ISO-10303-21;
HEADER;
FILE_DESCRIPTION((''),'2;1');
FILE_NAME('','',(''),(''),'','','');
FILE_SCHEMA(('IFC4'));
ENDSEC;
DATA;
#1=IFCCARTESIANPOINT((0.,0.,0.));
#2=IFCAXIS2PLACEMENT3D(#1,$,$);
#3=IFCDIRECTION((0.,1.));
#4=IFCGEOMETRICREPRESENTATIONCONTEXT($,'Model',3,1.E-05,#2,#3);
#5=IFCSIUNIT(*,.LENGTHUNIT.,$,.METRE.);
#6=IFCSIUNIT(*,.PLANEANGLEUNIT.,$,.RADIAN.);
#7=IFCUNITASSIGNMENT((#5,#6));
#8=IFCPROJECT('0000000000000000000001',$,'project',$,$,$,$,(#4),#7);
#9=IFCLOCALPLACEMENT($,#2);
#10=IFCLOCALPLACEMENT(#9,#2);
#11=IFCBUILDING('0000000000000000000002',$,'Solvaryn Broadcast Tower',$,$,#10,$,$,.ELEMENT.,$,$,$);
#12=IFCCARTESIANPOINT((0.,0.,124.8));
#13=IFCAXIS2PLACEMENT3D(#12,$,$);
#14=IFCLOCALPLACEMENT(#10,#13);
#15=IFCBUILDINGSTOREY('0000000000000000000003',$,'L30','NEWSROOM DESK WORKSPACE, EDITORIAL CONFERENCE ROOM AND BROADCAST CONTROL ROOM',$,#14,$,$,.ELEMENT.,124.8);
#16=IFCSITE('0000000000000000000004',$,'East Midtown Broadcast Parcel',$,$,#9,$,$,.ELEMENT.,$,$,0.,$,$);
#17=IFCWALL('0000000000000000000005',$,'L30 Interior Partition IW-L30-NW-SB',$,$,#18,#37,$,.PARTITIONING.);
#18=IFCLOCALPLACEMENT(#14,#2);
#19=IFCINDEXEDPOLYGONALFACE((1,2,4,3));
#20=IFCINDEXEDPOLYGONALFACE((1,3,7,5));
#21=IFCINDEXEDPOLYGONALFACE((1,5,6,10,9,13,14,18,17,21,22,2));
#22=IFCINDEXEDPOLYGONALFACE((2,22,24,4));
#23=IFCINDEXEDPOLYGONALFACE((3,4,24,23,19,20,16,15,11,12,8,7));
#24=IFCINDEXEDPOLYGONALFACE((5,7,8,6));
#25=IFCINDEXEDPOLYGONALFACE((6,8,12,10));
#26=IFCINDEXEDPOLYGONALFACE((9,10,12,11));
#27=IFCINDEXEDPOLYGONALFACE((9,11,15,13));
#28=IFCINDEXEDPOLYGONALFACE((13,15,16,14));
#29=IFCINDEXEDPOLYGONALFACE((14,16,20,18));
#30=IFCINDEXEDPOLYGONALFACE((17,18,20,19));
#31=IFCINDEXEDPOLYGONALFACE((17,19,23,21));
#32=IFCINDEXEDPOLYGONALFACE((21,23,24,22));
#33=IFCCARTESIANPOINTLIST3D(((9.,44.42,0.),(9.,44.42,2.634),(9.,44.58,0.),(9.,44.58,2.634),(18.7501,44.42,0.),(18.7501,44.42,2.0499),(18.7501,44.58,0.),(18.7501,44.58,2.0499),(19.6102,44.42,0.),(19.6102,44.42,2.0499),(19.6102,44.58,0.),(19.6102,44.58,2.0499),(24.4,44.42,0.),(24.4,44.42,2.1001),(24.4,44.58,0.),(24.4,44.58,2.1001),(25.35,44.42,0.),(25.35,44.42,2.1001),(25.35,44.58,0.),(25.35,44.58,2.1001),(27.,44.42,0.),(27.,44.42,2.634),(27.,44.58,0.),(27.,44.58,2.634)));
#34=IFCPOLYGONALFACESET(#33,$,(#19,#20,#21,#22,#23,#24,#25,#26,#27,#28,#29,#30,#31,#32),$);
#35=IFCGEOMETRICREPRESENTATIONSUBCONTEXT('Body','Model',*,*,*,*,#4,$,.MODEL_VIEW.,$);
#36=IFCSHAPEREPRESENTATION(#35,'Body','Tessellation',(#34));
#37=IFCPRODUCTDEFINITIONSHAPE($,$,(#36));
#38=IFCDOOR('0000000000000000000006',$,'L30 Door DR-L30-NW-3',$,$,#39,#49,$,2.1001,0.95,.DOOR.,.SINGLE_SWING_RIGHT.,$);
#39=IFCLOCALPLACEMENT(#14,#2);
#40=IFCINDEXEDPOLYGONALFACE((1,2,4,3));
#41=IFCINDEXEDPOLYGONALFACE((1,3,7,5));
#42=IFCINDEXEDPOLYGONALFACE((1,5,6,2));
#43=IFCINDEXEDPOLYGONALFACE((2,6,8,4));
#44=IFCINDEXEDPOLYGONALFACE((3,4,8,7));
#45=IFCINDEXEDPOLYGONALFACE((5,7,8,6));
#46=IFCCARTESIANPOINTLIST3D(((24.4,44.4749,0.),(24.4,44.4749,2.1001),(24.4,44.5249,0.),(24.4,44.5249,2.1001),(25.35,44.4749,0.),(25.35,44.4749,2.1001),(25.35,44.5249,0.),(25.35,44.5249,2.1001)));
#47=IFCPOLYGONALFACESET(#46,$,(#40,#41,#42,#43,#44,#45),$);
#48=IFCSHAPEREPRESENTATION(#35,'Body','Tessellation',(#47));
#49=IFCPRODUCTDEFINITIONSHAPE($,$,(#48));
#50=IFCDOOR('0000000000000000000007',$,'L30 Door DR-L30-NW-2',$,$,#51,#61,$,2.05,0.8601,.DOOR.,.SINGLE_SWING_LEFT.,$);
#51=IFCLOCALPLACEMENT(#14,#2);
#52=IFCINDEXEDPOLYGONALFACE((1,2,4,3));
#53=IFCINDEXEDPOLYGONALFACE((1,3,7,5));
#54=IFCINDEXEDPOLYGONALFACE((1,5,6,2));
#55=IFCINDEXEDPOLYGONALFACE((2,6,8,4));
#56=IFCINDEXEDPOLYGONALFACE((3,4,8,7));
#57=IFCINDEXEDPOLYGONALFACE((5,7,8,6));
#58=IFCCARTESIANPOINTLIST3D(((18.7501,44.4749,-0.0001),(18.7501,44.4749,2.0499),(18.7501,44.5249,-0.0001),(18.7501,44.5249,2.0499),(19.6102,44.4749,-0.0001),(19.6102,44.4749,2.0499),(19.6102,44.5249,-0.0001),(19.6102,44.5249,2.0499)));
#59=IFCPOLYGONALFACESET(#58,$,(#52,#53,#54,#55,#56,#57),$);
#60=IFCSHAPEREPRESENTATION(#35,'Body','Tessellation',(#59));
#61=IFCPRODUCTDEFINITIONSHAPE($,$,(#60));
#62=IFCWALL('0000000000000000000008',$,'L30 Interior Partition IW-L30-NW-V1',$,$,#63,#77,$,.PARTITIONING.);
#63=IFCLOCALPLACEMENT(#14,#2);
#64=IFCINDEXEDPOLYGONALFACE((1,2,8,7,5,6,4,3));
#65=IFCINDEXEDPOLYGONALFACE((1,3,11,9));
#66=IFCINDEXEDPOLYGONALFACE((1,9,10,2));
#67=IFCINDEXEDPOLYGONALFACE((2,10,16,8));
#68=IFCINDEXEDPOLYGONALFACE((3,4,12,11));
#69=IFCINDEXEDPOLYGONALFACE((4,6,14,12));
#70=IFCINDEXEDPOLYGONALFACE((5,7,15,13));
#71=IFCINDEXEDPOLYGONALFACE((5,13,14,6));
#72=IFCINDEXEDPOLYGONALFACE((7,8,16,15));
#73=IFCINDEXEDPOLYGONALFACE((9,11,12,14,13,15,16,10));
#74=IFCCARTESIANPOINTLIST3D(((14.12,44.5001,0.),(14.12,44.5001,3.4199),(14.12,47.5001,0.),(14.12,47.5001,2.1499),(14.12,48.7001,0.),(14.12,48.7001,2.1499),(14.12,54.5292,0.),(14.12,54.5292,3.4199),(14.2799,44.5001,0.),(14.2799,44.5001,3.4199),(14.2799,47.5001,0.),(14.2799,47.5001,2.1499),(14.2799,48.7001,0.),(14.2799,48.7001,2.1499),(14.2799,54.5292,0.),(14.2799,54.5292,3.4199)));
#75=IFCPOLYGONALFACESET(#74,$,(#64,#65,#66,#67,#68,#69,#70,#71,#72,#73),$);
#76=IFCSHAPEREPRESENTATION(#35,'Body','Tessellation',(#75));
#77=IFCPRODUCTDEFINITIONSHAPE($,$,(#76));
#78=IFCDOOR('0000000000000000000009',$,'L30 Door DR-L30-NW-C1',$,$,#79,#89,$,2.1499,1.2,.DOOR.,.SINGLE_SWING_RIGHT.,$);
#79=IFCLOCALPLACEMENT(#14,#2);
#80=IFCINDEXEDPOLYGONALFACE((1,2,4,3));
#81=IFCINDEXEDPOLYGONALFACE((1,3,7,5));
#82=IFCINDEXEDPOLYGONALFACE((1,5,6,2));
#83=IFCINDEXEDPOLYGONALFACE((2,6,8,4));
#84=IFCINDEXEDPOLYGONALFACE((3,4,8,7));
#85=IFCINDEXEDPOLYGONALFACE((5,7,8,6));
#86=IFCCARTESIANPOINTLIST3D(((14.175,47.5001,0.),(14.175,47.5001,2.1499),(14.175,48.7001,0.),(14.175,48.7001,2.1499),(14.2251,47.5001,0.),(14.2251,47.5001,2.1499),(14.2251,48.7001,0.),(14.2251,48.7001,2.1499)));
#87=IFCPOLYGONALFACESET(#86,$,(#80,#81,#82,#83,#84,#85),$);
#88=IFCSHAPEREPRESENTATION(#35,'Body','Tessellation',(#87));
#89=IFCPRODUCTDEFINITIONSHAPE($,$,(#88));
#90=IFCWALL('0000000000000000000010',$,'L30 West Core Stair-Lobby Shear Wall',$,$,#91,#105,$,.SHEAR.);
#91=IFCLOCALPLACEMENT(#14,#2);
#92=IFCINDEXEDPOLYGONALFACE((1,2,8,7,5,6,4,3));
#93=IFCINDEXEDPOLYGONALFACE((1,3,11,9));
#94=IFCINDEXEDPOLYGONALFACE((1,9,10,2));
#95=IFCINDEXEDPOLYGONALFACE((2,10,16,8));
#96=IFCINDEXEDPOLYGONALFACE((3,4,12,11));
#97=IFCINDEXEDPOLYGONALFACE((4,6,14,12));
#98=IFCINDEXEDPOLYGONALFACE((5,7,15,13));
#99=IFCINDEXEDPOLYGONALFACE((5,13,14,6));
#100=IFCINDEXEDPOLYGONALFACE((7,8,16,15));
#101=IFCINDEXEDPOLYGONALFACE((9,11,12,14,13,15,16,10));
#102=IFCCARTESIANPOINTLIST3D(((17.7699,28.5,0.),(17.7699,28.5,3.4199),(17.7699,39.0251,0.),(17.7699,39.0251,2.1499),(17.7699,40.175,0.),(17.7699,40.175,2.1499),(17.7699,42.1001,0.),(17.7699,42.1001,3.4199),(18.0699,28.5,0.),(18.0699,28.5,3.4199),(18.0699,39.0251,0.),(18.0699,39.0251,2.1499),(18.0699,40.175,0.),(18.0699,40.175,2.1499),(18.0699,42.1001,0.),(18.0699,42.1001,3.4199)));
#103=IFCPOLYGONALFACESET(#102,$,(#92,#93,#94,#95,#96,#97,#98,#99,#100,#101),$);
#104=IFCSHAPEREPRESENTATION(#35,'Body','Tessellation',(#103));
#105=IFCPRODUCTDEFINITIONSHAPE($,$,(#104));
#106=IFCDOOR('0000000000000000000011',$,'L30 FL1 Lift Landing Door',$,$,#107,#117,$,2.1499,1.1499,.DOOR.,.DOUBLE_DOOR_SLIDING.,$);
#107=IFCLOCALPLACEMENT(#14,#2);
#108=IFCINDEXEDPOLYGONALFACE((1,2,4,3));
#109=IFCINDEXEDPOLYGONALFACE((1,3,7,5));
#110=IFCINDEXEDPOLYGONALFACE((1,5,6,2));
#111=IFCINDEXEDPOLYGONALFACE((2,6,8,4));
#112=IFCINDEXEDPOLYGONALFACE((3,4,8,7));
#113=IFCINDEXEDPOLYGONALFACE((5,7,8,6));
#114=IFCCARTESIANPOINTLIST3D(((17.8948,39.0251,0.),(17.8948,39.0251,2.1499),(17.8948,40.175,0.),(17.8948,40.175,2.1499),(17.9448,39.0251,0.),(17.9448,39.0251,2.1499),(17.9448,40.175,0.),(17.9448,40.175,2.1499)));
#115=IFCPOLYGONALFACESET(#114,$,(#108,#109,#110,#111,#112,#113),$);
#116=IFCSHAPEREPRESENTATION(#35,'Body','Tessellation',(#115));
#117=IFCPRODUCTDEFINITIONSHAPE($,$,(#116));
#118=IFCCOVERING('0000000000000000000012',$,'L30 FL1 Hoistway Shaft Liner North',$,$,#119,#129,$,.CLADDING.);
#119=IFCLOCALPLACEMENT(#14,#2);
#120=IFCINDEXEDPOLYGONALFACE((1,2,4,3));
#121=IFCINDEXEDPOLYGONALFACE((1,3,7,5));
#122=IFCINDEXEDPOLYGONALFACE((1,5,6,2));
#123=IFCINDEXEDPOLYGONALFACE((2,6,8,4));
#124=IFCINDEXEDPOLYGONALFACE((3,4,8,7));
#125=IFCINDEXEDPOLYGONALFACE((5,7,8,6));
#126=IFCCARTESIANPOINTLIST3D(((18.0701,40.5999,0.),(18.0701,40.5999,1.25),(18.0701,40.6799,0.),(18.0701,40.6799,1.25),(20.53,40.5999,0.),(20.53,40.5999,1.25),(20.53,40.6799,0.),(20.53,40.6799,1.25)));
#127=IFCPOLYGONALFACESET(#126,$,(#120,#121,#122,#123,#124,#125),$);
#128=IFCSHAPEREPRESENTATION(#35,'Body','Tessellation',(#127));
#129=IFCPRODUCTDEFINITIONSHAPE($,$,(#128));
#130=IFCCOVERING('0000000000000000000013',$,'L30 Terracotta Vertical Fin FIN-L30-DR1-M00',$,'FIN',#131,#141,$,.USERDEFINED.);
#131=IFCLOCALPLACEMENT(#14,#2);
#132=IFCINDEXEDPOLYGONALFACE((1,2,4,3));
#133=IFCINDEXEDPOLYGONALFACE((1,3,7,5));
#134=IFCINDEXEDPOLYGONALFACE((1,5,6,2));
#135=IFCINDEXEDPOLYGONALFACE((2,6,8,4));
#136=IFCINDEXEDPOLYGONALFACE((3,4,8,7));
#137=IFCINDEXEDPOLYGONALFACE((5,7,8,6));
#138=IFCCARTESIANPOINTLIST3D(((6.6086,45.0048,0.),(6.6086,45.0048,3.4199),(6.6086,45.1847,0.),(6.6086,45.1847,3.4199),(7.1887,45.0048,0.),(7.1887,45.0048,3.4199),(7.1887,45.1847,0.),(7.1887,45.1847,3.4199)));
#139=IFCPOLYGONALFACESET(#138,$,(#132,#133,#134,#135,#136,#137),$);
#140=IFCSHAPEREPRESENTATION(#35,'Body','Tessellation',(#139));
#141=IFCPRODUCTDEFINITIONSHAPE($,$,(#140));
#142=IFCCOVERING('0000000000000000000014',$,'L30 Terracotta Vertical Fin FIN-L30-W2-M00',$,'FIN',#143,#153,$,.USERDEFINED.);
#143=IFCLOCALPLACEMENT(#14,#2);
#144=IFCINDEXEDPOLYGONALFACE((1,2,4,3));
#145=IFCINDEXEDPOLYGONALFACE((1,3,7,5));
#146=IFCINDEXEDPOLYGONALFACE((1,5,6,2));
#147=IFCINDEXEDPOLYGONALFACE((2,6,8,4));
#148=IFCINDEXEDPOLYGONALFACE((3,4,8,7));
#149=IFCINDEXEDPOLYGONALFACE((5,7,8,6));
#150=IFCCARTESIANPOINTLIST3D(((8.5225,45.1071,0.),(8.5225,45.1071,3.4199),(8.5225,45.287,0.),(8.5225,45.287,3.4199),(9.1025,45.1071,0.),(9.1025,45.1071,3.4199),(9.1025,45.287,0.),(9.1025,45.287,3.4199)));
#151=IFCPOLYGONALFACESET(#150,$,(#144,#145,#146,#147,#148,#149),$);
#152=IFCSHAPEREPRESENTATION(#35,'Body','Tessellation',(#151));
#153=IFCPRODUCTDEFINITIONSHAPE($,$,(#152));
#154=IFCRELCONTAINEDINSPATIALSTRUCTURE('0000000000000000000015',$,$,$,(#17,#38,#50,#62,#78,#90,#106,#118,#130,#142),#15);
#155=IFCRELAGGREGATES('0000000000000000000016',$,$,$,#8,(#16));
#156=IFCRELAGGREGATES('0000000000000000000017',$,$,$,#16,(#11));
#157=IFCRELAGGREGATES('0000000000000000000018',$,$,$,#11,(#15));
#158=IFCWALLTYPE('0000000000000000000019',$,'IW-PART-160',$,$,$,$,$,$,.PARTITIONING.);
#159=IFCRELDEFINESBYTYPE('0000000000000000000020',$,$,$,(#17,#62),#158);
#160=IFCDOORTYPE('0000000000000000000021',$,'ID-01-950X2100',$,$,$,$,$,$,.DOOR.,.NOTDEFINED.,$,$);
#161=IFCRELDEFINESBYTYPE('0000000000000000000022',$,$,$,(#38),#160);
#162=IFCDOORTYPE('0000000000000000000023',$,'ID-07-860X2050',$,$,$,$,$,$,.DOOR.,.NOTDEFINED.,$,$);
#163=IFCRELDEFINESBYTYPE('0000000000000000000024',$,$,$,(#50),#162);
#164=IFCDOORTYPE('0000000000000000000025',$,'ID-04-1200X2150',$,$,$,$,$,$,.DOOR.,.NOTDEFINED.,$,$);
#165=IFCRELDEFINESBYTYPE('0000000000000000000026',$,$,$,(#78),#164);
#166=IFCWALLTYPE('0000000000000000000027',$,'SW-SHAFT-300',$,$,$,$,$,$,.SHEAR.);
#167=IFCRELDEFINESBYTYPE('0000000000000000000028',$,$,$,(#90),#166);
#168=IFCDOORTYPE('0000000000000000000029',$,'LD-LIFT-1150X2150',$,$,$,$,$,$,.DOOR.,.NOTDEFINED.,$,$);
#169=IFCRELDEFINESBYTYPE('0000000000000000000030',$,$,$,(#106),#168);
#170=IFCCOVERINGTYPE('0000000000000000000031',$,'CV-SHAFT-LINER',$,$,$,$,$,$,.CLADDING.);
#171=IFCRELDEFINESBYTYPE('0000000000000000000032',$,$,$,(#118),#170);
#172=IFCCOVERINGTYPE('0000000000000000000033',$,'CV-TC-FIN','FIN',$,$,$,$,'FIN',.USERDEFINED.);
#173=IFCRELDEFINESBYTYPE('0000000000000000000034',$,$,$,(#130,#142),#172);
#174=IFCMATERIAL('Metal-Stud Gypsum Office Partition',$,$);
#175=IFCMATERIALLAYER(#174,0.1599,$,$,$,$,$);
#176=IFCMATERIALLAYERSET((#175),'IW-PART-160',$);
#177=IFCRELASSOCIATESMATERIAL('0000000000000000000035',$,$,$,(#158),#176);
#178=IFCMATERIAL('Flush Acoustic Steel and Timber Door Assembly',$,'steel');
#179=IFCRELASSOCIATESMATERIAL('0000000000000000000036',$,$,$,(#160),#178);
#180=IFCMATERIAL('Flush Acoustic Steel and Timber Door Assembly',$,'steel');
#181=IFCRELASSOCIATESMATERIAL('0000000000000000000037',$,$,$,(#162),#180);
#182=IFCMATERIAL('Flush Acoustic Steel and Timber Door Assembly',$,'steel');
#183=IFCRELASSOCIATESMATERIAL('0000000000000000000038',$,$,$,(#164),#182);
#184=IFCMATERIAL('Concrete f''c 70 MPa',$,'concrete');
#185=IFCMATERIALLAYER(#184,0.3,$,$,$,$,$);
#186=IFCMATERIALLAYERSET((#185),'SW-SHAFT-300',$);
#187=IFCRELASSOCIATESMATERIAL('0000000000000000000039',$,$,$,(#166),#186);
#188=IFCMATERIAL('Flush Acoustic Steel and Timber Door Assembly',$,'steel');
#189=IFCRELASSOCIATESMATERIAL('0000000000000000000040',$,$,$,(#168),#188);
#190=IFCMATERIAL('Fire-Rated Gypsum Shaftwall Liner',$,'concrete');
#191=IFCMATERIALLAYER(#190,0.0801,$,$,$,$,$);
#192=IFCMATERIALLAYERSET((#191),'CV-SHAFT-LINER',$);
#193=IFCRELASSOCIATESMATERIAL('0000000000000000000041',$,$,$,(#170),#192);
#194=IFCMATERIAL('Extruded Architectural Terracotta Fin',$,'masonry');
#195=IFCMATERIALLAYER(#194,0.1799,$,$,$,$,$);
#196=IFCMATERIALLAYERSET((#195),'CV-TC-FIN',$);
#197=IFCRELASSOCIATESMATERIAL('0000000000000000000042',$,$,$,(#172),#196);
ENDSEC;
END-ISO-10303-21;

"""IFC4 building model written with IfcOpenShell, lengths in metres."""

from ifc_helpers import new_model, si_unit, direction, frame, frame_2d, origin, origin_2d, place, context, subcontext, project, spatial, rectangle, extrude, material, layer, layer_set, type_object, element, fill, save


model = new_model("IFC4")

# Units and contexts
model_context = context("Model", 3, precision=1e-05, world=origin(), true_north=direction((0.0, 1.0)))
body_context = subcontext(model_context, "Body", "Model", "MODEL_VIEW")
ifc_project = project(units=[si_unit("LENGTHUNIT", "METRE"), si_unit("PLANEANGLEUNIT", "RADIAN")], contexts=[model_context])

# Site, building, storey
site_placement = place(None, origin())
site = spatial("IfcSite", under=ifc_project, at=site_placement, Name="East Midtown Broadcast Parcel", CompositionType="ELEMENT", RefElevation=0.0)
building_placement = place(site_placement, origin())
building = spatial("IfcBuilding", under=site, at=building_placement, Name="Solvaryn Broadcast Tower", CompositionType="ELEMENT")
storey_placement = place(building_placement, frame((0.0, 0.0, 124.8)))
storey = spatial("IfcBuildingStorey", under=building, at=storey_placement, Name="L30", Description="NEWSROOM DESK WORKSPACE, EDITORIAL CONFERENCE ROOM AND BROADCAST CONTROL ROOM", CompositionType="ELEMENT", Elevation=124.8)

# Shared definitions
ifc_material_1 = material(Name="Metal-Stud Gypsum Office Partition")
ifc_layer_1 = layer(ifc_material_1, 0.1599)
ifc_layer_set_1 = layer_set([ifc_layer_1], Name="IW-PART-160")
wall_type_1 = type_object("IfcWallType", Name="IW-PART-160", PredefinedType="PARTITIONING", material=ifc_layer_set_1)

# Wall, openings, doors
wall_1_placement = place(storey_placement, frame((9.0, 44.5, 0.0), z_axis=(0.0, 0.0, 1.0), x_axis=(1.0, 0.0, 0.0)))
wall_1 = element("IfcWall", 1, at=wall_1_placement, inside=storey, type_object=wall_type_1, Name="L30 Interior Partition IW-L30-NW-SB", PredefinedType="PARTITIONING", context=body_context, shape_type="SweptSolid", body=[
    extrude(rectangle(XDim=18.0, YDim=0.1599, at=frame_2d((9.0, 0.0))), origin(), (0.0, 0.0, 1.0), 2.634),
])
opening_1_placement = place(wall_1_placement, frame((9.75, 0.0, 0.0)))
opening_1 = element("IfcOpeningElement", 2, at=opening_1_placement, cuts=wall_1, PredefinedType="OPENING", context=body_context, shape_type="SweptSolid", body=[
    extrude(rectangle(XDim=0.8601, YDim=2.05, at=frame_2d((0.4302, 1.0249))), frame((0.0, 0.0901, 0.0), z_axis=(0.0, -1.0, 0.0), x_axis=(1.0, 0.0, 0.0)), (0.0, 0.0, 1.0), 0.1799),
])
opening_2_placement = place(wall_1_placement, frame((15.3999, 0.0, 0.0)))
opening_2 = element("IfcOpeningElement", 3, at=opening_2_placement, cuts=wall_1, PredefinedType="OPENING", context=body_context, shape_type="SweptSolid", body=[
    extrude(rectangle(XDim=0.95, YDim=2.1001, at=frame_2d((0.4751, 1.05))), frame((0.0, 0.0901, 0.0), z_axis=(0.0, -1.0, 0.0), x_axis=(1.0, 0.0, 0.0)), (0.0, 0.0, 1.0), 0.1799),
])
ifc_material_2 = material(Name="Flush Acoustic Steel and Timber Door Assembly", Category="steel")
door_type_1 = type_object("IfcDoorType", Name="ID-01-950X2100", OperationType="NOTDEFINED", PredefinedType="DOOR", material=ifc_material_2)
door_1_placement = place(opening_2_placement, origin())
door_1 = element("IfcDoor", 4, at=door_1_placement, inside=storey, type_object=door_type_1, Name="L30 Door DR-L30-NW-3", OperationType="SINGLE_SWING_RIGHT", OverallHeight=2.1001, OverallWidth=0.95, PredefinedType="DOOR", context=body_context, shape_type="SweptSolid", body=[
    extrude(rectangle(XDim=0.95, YDim=2.1001, at=frame_2d((0.4751, 1.05))), frame((0.0, 0.0249, 0.0), z_axis=(0.0, -1.0, 0.0), x_axis=(1.0, 0.0, 0.0)), (0.0, 0.0, 1.0), 0.05),
])
fill(opening_2, door_1)
ifc_material_3 = material(Name="Flush Acoustic Steel and Timber Door Assembly", Category="steel")
door_type_2 = type_object("IfcDoorType", Name="ID-07-860X2050", OperationType="NOTDEFINED", PredefinedType="DOOR", material=ifc_material_3)
door_2_placement = place(opening_1_placement, origin())
door_2 = element("IfcDoor", 5, at=door_2_placement, inside=storey, type_object=door_type_2, Name="L30 Door DR-L30-NW-2", OperationType="SINGLE_SWING_LEFT", OverallHeight=2.05, OverallWidth=0.8601, PredefinedType="DOOR", context=body_context, shape_type="SweptSolid", body=[
    extrude(rectangle(XDim=0.8601, YDim=2.05, at=frame_2d((0.4302, 1.0249))), frame((0.0, 0.0249, 0.0), z_axis=(0.0, -1.0, 0.0), x_axis=(1.0, 0.0, 0.0)), (0.0, 0.0, 1.0), 0.05),
])
fill(opening_1, door_2)

# Walls, openings, doors
wall_2_placement = place(storey_placement, frame((14.2, 44.5, 0.0), z_axis=(0.0, 0.0, 1.0), x_axis=(0.0, 1.0, 0.0)))
wall_2 = element("IfcWall", 6, at=wall_2_placement, inside=storey, type_object=wall_type_1, Name="L30 Interior Partition IW-L30-NW-V1", PredefinedType="PARTITIONING", context=body_context, shape_type="SweptSolid", body=[
    extrude(rectangle(XDim=10.0291, YDim=0.1599, at=frame_2d((5.0146, 0.0))), origin(), (0.0, 0.0, 1.0), 3.4199),
])
opening_3_placement = place(wall_2_placement, frame((3.0, 0.0, 0.0)))
opening_3 = element("IfcOpeningElement", 7, at=opening_3_placement, cuts=wall_2, PredefinedType="OPENING", context=body_context, shape_type="SweptSolid", body=[
    extrude(rectangle(XDim=1.2, YDim=2.1499, at=frame_2d((0.6001, 1.075))), frame((0.0, 0.0901, 0.0), z_axis=(0.0, -1.0, 0.0), x_axis=(1.0, 0.0, 0.0)), (0.0, 0.0, 1.0), 0.1799),
])
ifc_material_4 = material(Name="Flush Acoustic Steel and Timber Door Assembly", Category="steel")
door_type_3 = type_object("IfcDoorType", Name="ID-04-1200X2150", OperationType="NOTDEFINED", PredefinedType="DOOR", material=ifc_material_4)
door_3_placement = place(opening_3_placement, origin())
door_3 = element("IfcDoor", 8, at=door_3_placement, inside=storey, type_object=door_type_3, Name="L30 Door DR-L30-NW-C1", OperationType="SINGLE_SWING_RIGHT", OverallHeight=2.1499, OverallWidth=1.2, PredefinedType="DOOR", context=body_context, shape_type="SweptSolid", body=[
    extrude(rectangle(XDim=1.2, YDim=2.1499, at=frame_2d((0.6001, 1.075))), frame((0.0, 0.0249, 0.0), z_axis=(0.0, -1.0, 0.0), x_axis=(1.0, 0.0, 0.0)), (0.0, 0.0, 1.0), 0.05),
])
fill(opening_3, door_3)
ifc_material_5 = material(Name="Concrete f'c 70 MPa", Category="concrete")
ifc_layer_2 = layer(ifc_material_5, 0.3)
ifc_layer_set_2 = layer_set([ifc_layer_2], Name="SW-SHAFT-300")
wall_type_2 = type_object("IfcWallType", Name="SW-SHAFT-300", PredefinedType="SHEAR", material=ifc_layer_set_2)
wall_3_placement = place(storey_placement, frame((17.9199, 42.1001, 0.0), z_axis=(0.0, 0.0, 1.0), x_axis=(0.0, -1.0, 0.0)))
wall_3 = element("IfcWall", 9, at=wall_3_placement, inside=storey, type_object=wall_type_2, Name="L30 West Core Stair-Lobby Shear Wall", PredefinedType="SHEAR", context=body_context, shape_type="SweptSolid", body=[
    extrude(rectangle(XDim=13.6001, YDim=0.3, at=frame_2d((6.8, 0.0))), origin(), (0.0, 0.0, 1.0), 3.4199),
])
opening_4_placement = place(wall_3_placement, frame((1.925, 0.0, 0.0)))
opening_4 = element("IfcOpeningElement", 10, at=opening_4_placement, cuts=wall_3, PredefinedType="OPENING", context=body_context, shape_type="SweptSolid", body=[
    extrude(rectangle(XDim=1.1499, YDim=2.1499, at=frame_2d((0.575, 1.075))), frame((0.0, 0.1599, 0.0), z_axis=(0.0, -1.0, 0.0), x_axis=(1.0, 0.0, 0.0)), (0.0, 0.0, 1.0), 0.3201),
])
ifc_material_6 = material(Name="Flush Acoustic Steel and Timber Door Assembly", Category="steel")
door_type_4 = type_object("IfcDoorType", Name="LD-LIFT-1150X2150", OperationType="NOTDEFINED", PredefinedType="DOOR", material=ifc_material_6)
door_4_placement = place(opening_4_placement, origin())
door_4 = element("IfcDoor", 11, at=door_4_placement, inside=storey, type_object=door_type_4, Name="L30 FL1 Lift Landing Door", OperationType="DOUBLE_DOOR_SLIDING", OverallHeight=2.1499, OverallWidth=1.1499, PredefinedType="DOOR", context=body_context, shape_type="SweptSolid", body=[
    extrude(rectangle(XDim=1.1499, YDim=2.1499, at=frame_2d((0.575, 1.075))), frame((0.0, 0.0249, 0.0), z_axis=(0.0, -1.0, 0.0), x_axis=(1.0, 0.0, 0.0)), (0.0, 0.0, 1.0), 0.05),
])
fill(opening_4, door_4)

# Coverings
ifc_material_7 = material(Name="Fire-Rated Gypsum Shaftwall Liner", Category="concrete")
ifc_layer_3 = layer(ifc_material_7, 0.0801)
ifc_layer_set_3 = layer_set([ifc_layer_3], Name="CV-SHAFT-LINER")
covering_type_1 = type_object("IfcCoveringType", Name="CV-SHAFT-LINER", PredefinedType="CLADDING", material=ifc_layer_set_3)
covering_placement = place(storey_placement, frame((19.3, 40.6399, 0.0), z_axis=(0.0, 0.0, 1.0), x_axis=(1.0, 0.0, 0.0)))
element("IfcCovering", 12, at=covering_placement, inside=storey, type_object=covering_type_1, Name="L30 FL1 Hoistway Shaft Liner North", PredefinedType="CLADDING", context=body_context, shape_type="SweptSolid", body=[
    extrude(rectangle(XDim=2.46, YDim=0.0801, at=origin_2d()), origin(), (0.0, 0.0, 1.0), 1.25),
])
ifc_material_8 = material(Name="Extruded Architectural Terracotta Fin", Category="masonry")
ifc_layer_4 = layer(ifc_material_8, 0.1799)
ifc_layer_set_4 = layer_set([ifc_layer_4], Name="CV-TC-FIN")
covering_type_2 = type_object("IfcCoveringType", Name="CV-TC-FIN", Description="FIN", ElementType="FIN", PredefinedType="USERDEFINED", material=ifc_layer_set_4)
for number, where, z_axis, x_axis, name in (
    (13, (6.8987, 45.0947, 0.0), (0.0, 0.0, 1.0), (1.0, 0.0, 0.0), "L30 Terracotta Vertical Fin FIN-L30-DR1-M00"),
    (14, (8.8125, 45.197, 0.0), (0.0, 0.0, 1.0), (1.0, 0.0, 0.0), "L30 Terracotta Vertical Fin FIN-L30-W2-M00"),
):
    element("IfcCovering", number, at=place(storey_placement, frame(where, z_axis=z_axis, x_axis=x_axis)), inside=storey, type_object=covering_type_2, Name=name, ObjectType="FIN", PredefinedType="USERDEFINED", context=body_context, shape_type="SweptSolid", body=[
        extrude(rectangle(XDim=0.5801, YDim=0.1799, at=origin_2d()), origin(), (0.0, 0.0, 1.0), 3.4199),
    ])

save(model, "model.ifc")
